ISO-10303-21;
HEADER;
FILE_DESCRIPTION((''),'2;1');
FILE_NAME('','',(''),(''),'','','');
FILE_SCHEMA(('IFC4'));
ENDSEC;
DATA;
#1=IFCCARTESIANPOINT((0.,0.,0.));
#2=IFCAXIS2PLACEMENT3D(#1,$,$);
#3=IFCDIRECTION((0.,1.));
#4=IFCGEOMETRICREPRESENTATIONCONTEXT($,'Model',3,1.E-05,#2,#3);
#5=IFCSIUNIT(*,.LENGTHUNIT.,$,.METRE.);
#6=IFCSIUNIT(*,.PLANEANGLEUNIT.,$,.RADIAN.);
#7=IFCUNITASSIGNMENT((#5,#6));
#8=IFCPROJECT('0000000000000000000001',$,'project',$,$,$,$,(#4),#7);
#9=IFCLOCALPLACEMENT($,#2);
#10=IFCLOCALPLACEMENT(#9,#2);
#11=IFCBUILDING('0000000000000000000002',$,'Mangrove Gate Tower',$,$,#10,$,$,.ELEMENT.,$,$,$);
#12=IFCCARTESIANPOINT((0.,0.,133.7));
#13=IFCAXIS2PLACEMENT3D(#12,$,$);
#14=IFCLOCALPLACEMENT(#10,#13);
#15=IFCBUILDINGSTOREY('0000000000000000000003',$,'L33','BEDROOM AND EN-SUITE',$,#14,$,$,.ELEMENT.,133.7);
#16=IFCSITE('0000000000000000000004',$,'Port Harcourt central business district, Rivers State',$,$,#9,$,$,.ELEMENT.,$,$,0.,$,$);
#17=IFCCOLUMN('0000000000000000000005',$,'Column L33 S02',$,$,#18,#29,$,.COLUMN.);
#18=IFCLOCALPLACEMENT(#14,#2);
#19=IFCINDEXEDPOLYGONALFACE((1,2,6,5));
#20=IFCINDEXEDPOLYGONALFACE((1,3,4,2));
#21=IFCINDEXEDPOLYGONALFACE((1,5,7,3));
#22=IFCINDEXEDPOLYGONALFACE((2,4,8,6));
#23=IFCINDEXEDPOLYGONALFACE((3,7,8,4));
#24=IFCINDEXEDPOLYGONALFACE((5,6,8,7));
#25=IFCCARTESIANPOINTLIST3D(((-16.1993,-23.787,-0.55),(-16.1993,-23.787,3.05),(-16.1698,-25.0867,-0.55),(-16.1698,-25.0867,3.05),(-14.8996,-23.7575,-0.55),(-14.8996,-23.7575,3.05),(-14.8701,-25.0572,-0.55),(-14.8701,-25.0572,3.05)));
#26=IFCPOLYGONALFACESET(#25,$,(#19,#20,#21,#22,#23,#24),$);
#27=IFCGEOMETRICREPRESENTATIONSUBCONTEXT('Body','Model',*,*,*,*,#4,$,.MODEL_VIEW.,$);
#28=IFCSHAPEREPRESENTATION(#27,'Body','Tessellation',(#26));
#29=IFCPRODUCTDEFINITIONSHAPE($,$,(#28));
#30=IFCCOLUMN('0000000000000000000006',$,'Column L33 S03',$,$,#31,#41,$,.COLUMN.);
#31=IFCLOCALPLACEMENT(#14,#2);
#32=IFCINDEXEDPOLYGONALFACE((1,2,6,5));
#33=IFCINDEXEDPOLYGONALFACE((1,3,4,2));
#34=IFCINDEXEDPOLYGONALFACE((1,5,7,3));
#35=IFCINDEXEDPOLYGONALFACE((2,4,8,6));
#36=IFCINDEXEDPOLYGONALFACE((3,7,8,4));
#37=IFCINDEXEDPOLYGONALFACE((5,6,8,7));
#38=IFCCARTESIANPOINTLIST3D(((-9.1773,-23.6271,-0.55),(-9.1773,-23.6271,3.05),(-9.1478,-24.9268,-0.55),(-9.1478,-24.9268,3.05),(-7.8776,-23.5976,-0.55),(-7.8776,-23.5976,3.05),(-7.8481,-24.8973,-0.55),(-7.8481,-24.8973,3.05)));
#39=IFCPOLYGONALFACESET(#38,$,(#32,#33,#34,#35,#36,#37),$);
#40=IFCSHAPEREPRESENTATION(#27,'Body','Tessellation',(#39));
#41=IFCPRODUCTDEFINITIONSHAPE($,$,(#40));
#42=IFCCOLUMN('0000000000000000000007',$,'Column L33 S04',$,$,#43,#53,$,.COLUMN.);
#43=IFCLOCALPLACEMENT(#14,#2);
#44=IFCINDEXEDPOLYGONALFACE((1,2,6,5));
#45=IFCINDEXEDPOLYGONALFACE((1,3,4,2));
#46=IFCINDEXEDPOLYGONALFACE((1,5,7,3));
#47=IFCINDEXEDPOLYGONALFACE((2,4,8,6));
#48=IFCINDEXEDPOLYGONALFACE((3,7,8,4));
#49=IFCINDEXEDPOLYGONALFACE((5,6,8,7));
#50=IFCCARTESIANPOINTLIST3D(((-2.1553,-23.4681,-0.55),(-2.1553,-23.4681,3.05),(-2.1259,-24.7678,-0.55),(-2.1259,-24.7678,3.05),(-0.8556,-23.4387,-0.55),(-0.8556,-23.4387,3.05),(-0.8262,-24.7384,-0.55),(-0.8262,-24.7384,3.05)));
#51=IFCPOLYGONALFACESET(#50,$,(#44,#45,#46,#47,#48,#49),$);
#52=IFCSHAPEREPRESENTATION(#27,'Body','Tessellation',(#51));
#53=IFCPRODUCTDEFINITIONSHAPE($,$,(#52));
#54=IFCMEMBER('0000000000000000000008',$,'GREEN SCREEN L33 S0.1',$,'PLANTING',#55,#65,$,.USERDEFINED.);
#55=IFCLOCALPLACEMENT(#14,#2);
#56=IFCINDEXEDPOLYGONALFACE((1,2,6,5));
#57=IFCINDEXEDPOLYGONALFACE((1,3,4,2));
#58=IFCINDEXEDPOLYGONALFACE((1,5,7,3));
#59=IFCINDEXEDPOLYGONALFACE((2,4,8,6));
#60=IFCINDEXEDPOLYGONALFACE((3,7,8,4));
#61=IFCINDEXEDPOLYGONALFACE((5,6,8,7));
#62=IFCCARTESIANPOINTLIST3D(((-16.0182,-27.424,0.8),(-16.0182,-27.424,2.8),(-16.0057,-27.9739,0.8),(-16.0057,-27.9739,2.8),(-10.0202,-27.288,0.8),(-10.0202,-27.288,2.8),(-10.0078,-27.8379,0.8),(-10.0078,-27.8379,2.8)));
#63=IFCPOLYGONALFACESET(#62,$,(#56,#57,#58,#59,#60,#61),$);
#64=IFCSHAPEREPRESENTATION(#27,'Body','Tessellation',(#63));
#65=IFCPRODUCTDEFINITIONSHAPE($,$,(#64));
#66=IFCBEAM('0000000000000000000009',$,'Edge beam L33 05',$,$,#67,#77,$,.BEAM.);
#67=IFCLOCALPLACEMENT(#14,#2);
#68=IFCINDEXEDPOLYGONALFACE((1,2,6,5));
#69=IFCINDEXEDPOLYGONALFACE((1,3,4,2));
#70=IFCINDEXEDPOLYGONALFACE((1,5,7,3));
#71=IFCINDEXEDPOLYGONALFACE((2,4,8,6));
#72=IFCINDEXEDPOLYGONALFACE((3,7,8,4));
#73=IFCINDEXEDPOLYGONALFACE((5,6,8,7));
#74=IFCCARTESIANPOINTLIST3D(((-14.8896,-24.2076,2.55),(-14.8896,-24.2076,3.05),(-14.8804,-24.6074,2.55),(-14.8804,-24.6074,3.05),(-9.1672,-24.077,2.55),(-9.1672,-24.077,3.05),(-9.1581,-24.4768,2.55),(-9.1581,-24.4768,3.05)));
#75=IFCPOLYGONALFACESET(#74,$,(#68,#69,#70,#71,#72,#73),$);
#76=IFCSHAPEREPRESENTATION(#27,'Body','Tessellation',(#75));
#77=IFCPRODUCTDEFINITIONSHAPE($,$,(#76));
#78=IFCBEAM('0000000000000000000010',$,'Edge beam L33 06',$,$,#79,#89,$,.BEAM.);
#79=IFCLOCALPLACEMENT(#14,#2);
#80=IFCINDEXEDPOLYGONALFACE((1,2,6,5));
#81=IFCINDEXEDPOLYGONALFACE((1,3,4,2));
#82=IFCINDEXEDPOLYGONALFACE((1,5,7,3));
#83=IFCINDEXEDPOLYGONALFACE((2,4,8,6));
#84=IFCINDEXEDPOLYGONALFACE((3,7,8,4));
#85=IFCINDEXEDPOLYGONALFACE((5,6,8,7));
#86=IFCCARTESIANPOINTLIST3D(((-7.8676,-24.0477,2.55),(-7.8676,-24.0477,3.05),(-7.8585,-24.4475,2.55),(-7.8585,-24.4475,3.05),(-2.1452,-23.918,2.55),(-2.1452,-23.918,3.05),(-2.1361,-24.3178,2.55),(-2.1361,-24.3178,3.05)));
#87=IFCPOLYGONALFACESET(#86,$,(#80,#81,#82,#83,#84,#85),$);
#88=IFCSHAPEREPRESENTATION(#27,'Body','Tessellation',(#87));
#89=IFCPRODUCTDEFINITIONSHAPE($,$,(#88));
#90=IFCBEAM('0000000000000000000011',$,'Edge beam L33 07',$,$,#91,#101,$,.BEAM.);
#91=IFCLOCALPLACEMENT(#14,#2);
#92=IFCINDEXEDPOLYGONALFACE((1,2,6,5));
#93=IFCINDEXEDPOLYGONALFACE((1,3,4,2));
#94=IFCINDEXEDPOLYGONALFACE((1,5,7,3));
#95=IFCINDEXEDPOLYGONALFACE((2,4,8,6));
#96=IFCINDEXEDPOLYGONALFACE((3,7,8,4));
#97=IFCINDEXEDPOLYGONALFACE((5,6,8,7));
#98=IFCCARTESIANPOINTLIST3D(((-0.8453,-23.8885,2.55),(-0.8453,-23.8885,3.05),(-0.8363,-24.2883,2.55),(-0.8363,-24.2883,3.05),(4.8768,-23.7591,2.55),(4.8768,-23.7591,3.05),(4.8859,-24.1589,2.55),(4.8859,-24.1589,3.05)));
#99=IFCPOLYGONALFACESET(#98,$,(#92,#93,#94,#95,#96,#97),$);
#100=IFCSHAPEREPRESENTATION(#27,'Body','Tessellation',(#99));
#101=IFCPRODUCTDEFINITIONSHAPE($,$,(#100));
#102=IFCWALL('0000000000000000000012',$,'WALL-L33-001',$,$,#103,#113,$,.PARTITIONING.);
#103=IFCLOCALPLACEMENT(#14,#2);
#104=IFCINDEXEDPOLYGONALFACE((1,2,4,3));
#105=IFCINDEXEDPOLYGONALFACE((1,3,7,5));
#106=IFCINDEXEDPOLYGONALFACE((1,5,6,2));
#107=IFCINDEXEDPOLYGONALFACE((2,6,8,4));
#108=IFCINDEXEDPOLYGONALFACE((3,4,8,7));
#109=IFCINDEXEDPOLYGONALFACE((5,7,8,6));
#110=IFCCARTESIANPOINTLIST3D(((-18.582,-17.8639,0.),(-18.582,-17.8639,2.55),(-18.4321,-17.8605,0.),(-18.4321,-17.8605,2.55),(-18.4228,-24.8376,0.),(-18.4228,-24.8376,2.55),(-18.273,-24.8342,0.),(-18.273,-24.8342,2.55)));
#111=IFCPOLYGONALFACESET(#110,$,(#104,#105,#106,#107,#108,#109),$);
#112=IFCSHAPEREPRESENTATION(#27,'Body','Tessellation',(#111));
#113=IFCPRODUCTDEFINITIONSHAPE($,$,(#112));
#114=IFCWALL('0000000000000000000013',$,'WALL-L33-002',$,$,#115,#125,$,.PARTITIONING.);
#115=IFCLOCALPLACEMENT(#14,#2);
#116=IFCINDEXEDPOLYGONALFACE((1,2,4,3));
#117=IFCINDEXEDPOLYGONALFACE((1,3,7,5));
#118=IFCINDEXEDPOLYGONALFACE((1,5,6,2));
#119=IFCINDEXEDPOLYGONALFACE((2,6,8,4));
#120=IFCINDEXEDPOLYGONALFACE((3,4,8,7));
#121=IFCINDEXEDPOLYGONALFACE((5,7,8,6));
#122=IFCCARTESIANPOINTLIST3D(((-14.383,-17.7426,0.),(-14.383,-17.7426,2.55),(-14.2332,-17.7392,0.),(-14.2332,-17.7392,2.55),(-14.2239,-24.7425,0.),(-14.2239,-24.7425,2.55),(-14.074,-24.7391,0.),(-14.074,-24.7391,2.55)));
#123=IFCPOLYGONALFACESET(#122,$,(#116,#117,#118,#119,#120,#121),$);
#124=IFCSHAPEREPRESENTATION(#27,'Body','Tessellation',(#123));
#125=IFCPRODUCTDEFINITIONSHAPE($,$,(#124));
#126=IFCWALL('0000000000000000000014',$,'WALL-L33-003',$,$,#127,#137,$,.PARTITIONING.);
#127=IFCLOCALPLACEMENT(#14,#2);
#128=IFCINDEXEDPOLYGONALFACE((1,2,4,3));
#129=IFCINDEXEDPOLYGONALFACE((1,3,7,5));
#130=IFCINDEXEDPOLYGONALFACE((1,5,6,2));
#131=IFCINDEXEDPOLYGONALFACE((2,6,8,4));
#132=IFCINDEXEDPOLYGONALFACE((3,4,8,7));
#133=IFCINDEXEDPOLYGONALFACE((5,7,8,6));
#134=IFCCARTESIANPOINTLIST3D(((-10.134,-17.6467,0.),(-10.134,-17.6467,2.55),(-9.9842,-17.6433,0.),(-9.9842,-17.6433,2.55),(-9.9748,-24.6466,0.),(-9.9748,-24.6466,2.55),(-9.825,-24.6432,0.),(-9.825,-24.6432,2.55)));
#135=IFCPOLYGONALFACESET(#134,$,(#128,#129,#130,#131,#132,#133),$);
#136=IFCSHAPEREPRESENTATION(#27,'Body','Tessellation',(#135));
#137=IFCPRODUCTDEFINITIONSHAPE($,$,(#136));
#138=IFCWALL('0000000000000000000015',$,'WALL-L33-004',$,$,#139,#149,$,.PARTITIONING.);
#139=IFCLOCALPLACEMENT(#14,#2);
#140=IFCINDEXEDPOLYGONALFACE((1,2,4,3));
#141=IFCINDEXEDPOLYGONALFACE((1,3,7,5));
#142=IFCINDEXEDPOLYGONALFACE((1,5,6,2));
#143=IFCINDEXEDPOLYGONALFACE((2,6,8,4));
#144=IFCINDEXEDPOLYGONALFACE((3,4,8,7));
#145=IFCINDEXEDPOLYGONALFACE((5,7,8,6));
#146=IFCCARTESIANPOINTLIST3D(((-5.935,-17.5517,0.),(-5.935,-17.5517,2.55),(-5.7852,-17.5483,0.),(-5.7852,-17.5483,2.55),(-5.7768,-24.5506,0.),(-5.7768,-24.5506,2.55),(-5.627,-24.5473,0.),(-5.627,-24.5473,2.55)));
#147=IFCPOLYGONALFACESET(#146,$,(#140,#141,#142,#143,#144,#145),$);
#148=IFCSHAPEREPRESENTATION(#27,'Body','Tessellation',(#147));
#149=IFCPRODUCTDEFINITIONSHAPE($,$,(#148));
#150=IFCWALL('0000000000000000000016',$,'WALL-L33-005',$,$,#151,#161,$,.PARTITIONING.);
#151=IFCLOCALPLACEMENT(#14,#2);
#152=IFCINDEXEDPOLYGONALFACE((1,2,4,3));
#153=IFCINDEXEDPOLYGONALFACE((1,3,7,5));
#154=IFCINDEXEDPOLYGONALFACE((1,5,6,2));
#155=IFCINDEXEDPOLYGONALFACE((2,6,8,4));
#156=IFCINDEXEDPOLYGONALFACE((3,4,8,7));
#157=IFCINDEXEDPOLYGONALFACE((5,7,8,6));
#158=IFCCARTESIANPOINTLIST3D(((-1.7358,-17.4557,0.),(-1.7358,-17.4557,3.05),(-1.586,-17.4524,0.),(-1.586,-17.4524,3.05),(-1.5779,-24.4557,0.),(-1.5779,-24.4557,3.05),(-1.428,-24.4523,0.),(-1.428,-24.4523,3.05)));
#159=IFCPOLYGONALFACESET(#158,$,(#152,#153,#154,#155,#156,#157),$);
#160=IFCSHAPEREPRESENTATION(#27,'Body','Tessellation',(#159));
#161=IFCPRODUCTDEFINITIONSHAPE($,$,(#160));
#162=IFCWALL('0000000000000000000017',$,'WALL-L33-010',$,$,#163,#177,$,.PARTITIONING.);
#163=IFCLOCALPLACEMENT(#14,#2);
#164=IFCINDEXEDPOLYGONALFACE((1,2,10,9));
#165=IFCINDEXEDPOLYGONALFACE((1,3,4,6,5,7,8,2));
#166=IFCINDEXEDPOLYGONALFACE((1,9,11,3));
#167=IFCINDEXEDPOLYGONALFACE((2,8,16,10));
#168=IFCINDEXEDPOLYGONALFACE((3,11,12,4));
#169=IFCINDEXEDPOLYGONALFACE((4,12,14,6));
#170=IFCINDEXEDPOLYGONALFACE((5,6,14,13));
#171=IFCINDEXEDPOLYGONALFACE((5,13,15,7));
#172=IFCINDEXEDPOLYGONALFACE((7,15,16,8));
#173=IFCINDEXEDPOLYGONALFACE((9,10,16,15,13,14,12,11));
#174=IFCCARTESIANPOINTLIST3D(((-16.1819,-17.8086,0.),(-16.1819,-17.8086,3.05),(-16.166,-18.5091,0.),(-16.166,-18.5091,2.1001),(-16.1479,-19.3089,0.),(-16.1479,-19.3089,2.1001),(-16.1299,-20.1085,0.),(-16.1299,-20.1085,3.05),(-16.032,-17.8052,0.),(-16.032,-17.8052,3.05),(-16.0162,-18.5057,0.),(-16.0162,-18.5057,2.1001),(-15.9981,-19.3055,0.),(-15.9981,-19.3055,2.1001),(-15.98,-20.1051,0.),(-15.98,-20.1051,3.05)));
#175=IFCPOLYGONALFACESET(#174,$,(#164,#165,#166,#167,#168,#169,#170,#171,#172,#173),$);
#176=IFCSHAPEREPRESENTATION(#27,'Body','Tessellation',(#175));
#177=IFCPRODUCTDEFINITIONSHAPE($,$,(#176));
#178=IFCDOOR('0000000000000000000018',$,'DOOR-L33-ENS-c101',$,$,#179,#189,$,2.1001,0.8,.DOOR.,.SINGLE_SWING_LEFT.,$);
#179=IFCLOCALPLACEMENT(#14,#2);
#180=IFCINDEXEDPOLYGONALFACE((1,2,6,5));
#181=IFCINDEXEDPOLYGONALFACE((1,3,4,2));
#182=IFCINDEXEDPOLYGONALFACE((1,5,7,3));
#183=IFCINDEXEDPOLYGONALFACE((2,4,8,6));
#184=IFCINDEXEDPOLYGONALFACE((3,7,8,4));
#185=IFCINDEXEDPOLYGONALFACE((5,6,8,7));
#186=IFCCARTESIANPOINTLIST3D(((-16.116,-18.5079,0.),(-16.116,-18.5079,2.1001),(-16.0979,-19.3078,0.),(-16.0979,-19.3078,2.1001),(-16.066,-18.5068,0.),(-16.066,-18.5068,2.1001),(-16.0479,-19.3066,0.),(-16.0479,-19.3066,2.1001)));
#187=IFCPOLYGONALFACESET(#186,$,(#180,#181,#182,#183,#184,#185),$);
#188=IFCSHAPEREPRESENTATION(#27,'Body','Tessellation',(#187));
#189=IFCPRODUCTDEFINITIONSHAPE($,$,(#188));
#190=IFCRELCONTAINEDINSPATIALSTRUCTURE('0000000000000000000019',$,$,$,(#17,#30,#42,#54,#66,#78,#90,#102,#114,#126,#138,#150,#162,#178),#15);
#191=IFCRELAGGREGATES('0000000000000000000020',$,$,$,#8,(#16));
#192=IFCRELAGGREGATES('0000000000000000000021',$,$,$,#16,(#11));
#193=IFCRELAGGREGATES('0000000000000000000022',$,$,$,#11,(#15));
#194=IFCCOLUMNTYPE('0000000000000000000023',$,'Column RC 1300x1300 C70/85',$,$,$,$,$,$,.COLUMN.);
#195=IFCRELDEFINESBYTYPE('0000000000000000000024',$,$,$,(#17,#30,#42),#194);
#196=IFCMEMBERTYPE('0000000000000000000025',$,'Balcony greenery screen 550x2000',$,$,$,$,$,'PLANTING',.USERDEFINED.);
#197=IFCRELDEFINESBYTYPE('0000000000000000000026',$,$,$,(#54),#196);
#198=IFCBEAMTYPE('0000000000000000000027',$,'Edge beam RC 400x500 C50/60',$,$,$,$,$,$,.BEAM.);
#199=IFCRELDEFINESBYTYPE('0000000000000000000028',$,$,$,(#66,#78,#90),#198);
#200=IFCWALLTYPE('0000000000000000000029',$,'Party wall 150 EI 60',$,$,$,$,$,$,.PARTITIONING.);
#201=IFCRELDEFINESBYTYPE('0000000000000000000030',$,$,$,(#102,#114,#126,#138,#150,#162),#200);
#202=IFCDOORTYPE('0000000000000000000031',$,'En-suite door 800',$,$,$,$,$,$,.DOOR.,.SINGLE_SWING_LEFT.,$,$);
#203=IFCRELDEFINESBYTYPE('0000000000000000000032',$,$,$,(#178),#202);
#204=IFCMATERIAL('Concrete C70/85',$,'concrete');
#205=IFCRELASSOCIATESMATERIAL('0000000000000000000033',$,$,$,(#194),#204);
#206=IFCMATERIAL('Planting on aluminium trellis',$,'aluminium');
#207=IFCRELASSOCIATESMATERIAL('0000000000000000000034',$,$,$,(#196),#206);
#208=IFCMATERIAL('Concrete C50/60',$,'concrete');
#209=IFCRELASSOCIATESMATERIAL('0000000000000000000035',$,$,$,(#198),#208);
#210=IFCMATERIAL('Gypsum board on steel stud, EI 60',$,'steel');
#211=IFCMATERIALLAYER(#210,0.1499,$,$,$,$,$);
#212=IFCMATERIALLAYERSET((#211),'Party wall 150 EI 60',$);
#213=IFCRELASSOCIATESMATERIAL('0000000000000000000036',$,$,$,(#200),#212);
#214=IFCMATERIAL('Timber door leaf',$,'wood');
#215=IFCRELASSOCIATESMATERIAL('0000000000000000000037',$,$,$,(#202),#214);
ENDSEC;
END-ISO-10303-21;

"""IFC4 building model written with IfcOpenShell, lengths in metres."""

from ifc_helpers import new_model, si_unit, direction, frame, frame_2d, origin, origin_2d, place, context, subcontext, project, spatial, rectangle, extrude, material, layer, layer_set, material_profile, profile_set, type_object, element, fill, save


model = new_model("IFC4")

# Units and contexts
model_context = context("Model", 3, precision=1e-05, world=origin(), true_north=direction((0.0, 1.0)))
body_context = subcontext(model_context, "Body", "Model", "MODEL_VIEW")
ifc_project = project(units=[si_unit("LENGTHUNIT", "METRE"), si_unit("PLANEANGLEUNIT", "RADIAN")], contexts=[model_context])

# Site, building, storey
site_placement = place(None, origin())
site = spatial("IfcSite", under=ifc_project, at=site_placement, Name="Port Harcourt central business district, Rivers State", CompositionType="ELEMENT", RefElevation=0.0)
building_placement = place(site_placement, origin())
building = spatial("IfcBuilding", under=site, at=building_placement, Name="Mangrove Gate Tower", CompositionType="ELEMENT")
storey_placement = place(building_placement, frame((0.0, 0.0, 133.7)))
storey = spatial("IfcBuildingStorey", under=building, at=storey_placement, Name="L33", Description="BEDROOM AND EN-SUITE", CompositionType="ELEMENT", Elevation=133.7)

# Columns
ifc_material_1 = material(Name="Concrete C70/85", Category="concrete")
ifc_material_profile_1 = material_profile(ifc_material_1, rectangle(XDim=1.3, YDim=1.3, at=origin_2d()))
ifc_profile_set_1 = profile_set([ifc_material_profile_1], Name="Concrete C70/85")
column_type = type_object("IfcColumnType", Name="Column RC 1300x1300 C70/85", PredefinedType="COLUMN", material=ifc_profile_set_1)
for number, where, z_axis, x_axis, name in (
    (1, (-15.5347, -24.4221, -0.55), (0.0, 0.0, 1.0), (0.999742, 0.022708, 0.0), "Column L33 S02"),
    (2, (-8.5127, -24.2622, -0.55), (0.0, 0.0, 1.0), (0.999742, 0.022708, 0.0), "Column L33 S03"),
    (3, (-1.4907, -24.1033, -0.55), (0.0, 0.0, 1.0), (0.999744, 0.022637, 0.0), "Column L33 S04"),
):
    element("IfcColumn", number, at=place(storey_placement, frame(where, z_axis=z_axis, x_axis=x_axis)), inside=storey, type_object=column_type, Name=name, PredefinedType="COLUMN", context=body_context, shape_type="SweptSolid", body=[
        extrude(rectangle(XDim=1.3, YDim=1.3, at=origin_2d()), origin(), (0.0, 0.0, 1.0), 3.6001),
    ])

# Member
ifc_material_2 = material(Name="Planting on aluminium trellis", Category="aluminium")
ifc_material_profile_2 = material_profile(ifc_material_2, rectangle(XDim=0.55, YDim=2.0, at=origin_2d()))
ifc_profile_set_2 = profile_set([ifc_material_profile_2], Name="Planting on aluminium trellis")
member_type = type_object("IfcMemberType", Name="Balcony greenery screen 550x2000", ElementType="PLANTING", PredefinedType="USERDEFINED", material=ifc_profile_set_2)
member_placement = place(storey_placement, frame((-16.012, -27.699, 1.8), z_axis=(0.999743, 0.022666, 0.0), x_axis=(-0.022666, 0.999743, 0.0)))
element("IfcMember", 4, at=member_placement, inside=storey, type_object=member_type, Name="GREEN SCREEN L33 S0.1", ObjectType="PLANTING", PredefinedType="USERDEFINED", context=body_context, shape_type="SweptSolid", body=[
    extrude(rectangle(XDim=0.55, YDim=2.0, at=origin_2d()), origin(), (0.0, 0.0, 1.0), 5.9995),
])

# Beams
ifc_material_3 = material(Name="Concrete C50/60", Category="concrete")
ifc_material_profile_3 = material_profile(ifc_material_3, rectangle(XDim=0.3999, YDim=0.5, at=origin_2d()))
ifc_profile_set_3 = profile_set([ifc_material_profile_3], Name="Concrete C50/60")
beam_type = type_object("IfcBeamType", Name="Edge beam RC 400x500 C50/60", PredefinedType="BEAM", material=ifc_profile_set_3)
for number, where, z_axis, x_axis, name in (
    (5, (-14.885, -24.4075, 2.8), (0.99974, 0.022819, 0.0), (-0.022819, 0.99974, 0.0), "Edge beam L33 05"),
    (6, (-7.863, -24.2476, 2.8), (0.999743, 0.022649, 0.0), (-0.022649, 0.999743, 0.0), "Edge beam L33 06"),
):
    element("IfcBeam", number, at=place(storey_placement, frame(where, z_axis=z_axis, x_axis=x_axis)), inside=storey, type_object=beam_type, Name=name, PredefinedType="BEAM", context=body_context, shape_type="SweptSolid", body=[
        extrude(rectangle(XDim=0.3999, YDim=0.5, at=origin_2d()), origin(), (0.0, 0.0, 1.0), 5.7239),
    ])
beam_placement = place(storey_placement, frame((-0.8408, -24.0884, 2.8), z_axis=(0.999744, 0.022607, 0.0), x_axis=(-0.022607, 0.999744, 0.0)))
element("IfcBeam", 7, at=beam_placement, inside=storey, type_object=beam_type, Name="Edge beam L33 07", PredefinedType="BEAM", context=body_context, shape_type="SweptSolid", body=[
    extrude(rectangle(XDim=0.3999, YDim=0.5, at=origin_2d()), origin(), (0.0, 0.0, 1.0), 5.7236),
])

# Walls
ifc_material_4 = material(Name="Gypsum board on steel stud, EI 60", Category="steel")
ifc_layer_1 = layer(ifc_material_4, 0.1499)
ifc_layer_set_1 = layer_set([ifc_layer_1], Name="Party wall 150 EI 60")
wall_type_1 = type_object("IfcWallType", Name="Party wall 150 EI 60", PredefinedType="PARTITIONING", material=ifc_layer_set_1)
wall_1_placement = place(storey_placement, frame((-18.3479, -24.8359, 0.0), z_axis=(0.0, 0.0, 1.0), x_axis=(-0.022819, 0.99974, 0.0)))
element("IfcWall", 8, at=wall_1_placement, inside=storey, type_object=wall_type_1, Name="WALL-L33-001", PredefinedType="PARTITIONING", context=body_context, shape_type="SweptSolid", body=[
    extrude(rectangle(XDim=6.9756, YDim=0.1499, at=frame_2d((3.4878, 0.0))), origin(), (0.0, 0.0, 1.0), 2.55),
])
for number, where, z_axis, x_axis, name in (
    (9, (-14.1489, -24.741, 0.0), (0.0, 0.0, 1.0), (-0.022734, 0.999742, 0.0), "WALL-L33-002"),
    (10, (-9.8999, -24.645, 0.0), (0.0, 0.0, 1.0), (-0.022734, 0.999742, 0.0), "WALL-L33-003"),
):
    element("IfcWall", number, at=place(storey_placement, frame(where, z_axis=z_axis, x_axis=x_axis)), inside=storey, type_object=wall_type_1, Name=name, PredefinedType="PARTITIONING", context=body_context, shape_type="SweptSolid", body=[
        extrude(rectangle(XDim=7.0017, YDim=0.1499, at=frame_2d((3.501, 0.0))), origin(), (0.0, 0.0, 1.0), 2.55),
    ])
wall_2_placement = place(storey_placement, frame((-5.7019, -24.5491, 0.0), z_axis=(0.0, 0.0, 1.0), x_axis=(-0.022598, 0.999745, 0.0)))
element("IfcWall", 11, at=wall_2_placement, inside=storey, type_object=wall_type_1, Name="WALL-L33-004", PredefinedType="PARTITIONING", context=body_context, shape_type="SweptSolid", body=[
    extrude(rectangle(XDim=7.0007, YDim=0.1499, at=frame_2d((3.5005, 0.0))), origin(), (0.0, 0.0, 1.0), 2.55),
])
wall_3_placement = place(storey_placement, frame((-1.5029, -24.4541, 0.0), z_axis=(0.0, 0.0, 1.0), x_axis=(-0.02256, 0.999745, 0.0)))
element("IfcWall", 12, at=wall_3_placement, inside=storey, type_object=wall_type_1, Name="WALL-L33-005", PredefinedType="PARTITIONING", context=body_context, shape_type="SweptSolid", body=[
    extrude(rectangle(XDim=7.0017, YDim=0.1499, at=frame_2d((3.501, 0.0))), origin(), (0.0, 0.0, 1.0), 3.05),
])

# Wall, opening, door
wall_4_placement = place(storey_placement, frame((-16.0549, -20.1069, 0.0), z_axis=(0.0, 0.0, 1.0), x_axis=(-0.022603, 0.999745, 0.0)))
wall_4 = element("IfcWall", 13, at=wall_4_placement, inside=storey, type_object=wall_type_1, Name="WALL-L33-010", PredefinedType="PARTITIONING", context=body_context, shape_type="SweptSolid", body=[
    extrude(rectangle(XDim=2.3005, YDim=0.1499, at=frame_2d((1.1504, 0.0))), origin(), (0.0, 0.0, 1.0), 3.05),
])
opening_1_placement = place(wall_4_placement, frame((0.8, 0.0, 0.0)))
opening_1 = element("IfcOpeningElement", 14, at=opening_1_placement, cuts=wall_4, PredefinedType="OPENING", context=body_context, shape_type="SweptSolid", body=[
    extrude(rectangle(XDim=0.8, YDim=2.1001, at=frame_2d((0.3999, 1.05))), frame((0.0, 0.085, 0.0), z_axis=(0.0, -1.0, 0.0), x_axis=(1.0, 0.0, 0.0)), (0.0, 0.0, 1.0), 0.1699),
])
ifc_material_5 = material(Name="Timber door leaf", Category="wood")
door_type = type_object("IfcDoorType", Name="En-suite door 800", OperationType="SINGLE_SWING_LEFT", PredefinedType="DOOR", material=ifc_material_5)
door_1_placement = place(opening_1_placement, origin())
door_1 = element("IfcDoor", 15, at=door_1_placement, inside=storey, type_object=door_type, Name="DOOR-L33-ENS-c101", OperationType="SINGLE_SWING_LEFT", OverallHeight=2.1001, OverallWidth=0.8, PredefinedType="DOOR", context=body_context, shape_type="SweptSolid", body=[
    extrude(rectangle(XDim=0.8, YDim=2.1001, at=frame_2d((0.3999, 1.05))), frame((0.0, 0.0249, 0.0), z_axis=(0.0, -1.0, 0.0), x_axis=(1.0, 0.0, 0.0)), (0.0, 0.0, 1.0), 0.05),
])
fill(opening_1, door_1)

save(model, "model.ifc")
